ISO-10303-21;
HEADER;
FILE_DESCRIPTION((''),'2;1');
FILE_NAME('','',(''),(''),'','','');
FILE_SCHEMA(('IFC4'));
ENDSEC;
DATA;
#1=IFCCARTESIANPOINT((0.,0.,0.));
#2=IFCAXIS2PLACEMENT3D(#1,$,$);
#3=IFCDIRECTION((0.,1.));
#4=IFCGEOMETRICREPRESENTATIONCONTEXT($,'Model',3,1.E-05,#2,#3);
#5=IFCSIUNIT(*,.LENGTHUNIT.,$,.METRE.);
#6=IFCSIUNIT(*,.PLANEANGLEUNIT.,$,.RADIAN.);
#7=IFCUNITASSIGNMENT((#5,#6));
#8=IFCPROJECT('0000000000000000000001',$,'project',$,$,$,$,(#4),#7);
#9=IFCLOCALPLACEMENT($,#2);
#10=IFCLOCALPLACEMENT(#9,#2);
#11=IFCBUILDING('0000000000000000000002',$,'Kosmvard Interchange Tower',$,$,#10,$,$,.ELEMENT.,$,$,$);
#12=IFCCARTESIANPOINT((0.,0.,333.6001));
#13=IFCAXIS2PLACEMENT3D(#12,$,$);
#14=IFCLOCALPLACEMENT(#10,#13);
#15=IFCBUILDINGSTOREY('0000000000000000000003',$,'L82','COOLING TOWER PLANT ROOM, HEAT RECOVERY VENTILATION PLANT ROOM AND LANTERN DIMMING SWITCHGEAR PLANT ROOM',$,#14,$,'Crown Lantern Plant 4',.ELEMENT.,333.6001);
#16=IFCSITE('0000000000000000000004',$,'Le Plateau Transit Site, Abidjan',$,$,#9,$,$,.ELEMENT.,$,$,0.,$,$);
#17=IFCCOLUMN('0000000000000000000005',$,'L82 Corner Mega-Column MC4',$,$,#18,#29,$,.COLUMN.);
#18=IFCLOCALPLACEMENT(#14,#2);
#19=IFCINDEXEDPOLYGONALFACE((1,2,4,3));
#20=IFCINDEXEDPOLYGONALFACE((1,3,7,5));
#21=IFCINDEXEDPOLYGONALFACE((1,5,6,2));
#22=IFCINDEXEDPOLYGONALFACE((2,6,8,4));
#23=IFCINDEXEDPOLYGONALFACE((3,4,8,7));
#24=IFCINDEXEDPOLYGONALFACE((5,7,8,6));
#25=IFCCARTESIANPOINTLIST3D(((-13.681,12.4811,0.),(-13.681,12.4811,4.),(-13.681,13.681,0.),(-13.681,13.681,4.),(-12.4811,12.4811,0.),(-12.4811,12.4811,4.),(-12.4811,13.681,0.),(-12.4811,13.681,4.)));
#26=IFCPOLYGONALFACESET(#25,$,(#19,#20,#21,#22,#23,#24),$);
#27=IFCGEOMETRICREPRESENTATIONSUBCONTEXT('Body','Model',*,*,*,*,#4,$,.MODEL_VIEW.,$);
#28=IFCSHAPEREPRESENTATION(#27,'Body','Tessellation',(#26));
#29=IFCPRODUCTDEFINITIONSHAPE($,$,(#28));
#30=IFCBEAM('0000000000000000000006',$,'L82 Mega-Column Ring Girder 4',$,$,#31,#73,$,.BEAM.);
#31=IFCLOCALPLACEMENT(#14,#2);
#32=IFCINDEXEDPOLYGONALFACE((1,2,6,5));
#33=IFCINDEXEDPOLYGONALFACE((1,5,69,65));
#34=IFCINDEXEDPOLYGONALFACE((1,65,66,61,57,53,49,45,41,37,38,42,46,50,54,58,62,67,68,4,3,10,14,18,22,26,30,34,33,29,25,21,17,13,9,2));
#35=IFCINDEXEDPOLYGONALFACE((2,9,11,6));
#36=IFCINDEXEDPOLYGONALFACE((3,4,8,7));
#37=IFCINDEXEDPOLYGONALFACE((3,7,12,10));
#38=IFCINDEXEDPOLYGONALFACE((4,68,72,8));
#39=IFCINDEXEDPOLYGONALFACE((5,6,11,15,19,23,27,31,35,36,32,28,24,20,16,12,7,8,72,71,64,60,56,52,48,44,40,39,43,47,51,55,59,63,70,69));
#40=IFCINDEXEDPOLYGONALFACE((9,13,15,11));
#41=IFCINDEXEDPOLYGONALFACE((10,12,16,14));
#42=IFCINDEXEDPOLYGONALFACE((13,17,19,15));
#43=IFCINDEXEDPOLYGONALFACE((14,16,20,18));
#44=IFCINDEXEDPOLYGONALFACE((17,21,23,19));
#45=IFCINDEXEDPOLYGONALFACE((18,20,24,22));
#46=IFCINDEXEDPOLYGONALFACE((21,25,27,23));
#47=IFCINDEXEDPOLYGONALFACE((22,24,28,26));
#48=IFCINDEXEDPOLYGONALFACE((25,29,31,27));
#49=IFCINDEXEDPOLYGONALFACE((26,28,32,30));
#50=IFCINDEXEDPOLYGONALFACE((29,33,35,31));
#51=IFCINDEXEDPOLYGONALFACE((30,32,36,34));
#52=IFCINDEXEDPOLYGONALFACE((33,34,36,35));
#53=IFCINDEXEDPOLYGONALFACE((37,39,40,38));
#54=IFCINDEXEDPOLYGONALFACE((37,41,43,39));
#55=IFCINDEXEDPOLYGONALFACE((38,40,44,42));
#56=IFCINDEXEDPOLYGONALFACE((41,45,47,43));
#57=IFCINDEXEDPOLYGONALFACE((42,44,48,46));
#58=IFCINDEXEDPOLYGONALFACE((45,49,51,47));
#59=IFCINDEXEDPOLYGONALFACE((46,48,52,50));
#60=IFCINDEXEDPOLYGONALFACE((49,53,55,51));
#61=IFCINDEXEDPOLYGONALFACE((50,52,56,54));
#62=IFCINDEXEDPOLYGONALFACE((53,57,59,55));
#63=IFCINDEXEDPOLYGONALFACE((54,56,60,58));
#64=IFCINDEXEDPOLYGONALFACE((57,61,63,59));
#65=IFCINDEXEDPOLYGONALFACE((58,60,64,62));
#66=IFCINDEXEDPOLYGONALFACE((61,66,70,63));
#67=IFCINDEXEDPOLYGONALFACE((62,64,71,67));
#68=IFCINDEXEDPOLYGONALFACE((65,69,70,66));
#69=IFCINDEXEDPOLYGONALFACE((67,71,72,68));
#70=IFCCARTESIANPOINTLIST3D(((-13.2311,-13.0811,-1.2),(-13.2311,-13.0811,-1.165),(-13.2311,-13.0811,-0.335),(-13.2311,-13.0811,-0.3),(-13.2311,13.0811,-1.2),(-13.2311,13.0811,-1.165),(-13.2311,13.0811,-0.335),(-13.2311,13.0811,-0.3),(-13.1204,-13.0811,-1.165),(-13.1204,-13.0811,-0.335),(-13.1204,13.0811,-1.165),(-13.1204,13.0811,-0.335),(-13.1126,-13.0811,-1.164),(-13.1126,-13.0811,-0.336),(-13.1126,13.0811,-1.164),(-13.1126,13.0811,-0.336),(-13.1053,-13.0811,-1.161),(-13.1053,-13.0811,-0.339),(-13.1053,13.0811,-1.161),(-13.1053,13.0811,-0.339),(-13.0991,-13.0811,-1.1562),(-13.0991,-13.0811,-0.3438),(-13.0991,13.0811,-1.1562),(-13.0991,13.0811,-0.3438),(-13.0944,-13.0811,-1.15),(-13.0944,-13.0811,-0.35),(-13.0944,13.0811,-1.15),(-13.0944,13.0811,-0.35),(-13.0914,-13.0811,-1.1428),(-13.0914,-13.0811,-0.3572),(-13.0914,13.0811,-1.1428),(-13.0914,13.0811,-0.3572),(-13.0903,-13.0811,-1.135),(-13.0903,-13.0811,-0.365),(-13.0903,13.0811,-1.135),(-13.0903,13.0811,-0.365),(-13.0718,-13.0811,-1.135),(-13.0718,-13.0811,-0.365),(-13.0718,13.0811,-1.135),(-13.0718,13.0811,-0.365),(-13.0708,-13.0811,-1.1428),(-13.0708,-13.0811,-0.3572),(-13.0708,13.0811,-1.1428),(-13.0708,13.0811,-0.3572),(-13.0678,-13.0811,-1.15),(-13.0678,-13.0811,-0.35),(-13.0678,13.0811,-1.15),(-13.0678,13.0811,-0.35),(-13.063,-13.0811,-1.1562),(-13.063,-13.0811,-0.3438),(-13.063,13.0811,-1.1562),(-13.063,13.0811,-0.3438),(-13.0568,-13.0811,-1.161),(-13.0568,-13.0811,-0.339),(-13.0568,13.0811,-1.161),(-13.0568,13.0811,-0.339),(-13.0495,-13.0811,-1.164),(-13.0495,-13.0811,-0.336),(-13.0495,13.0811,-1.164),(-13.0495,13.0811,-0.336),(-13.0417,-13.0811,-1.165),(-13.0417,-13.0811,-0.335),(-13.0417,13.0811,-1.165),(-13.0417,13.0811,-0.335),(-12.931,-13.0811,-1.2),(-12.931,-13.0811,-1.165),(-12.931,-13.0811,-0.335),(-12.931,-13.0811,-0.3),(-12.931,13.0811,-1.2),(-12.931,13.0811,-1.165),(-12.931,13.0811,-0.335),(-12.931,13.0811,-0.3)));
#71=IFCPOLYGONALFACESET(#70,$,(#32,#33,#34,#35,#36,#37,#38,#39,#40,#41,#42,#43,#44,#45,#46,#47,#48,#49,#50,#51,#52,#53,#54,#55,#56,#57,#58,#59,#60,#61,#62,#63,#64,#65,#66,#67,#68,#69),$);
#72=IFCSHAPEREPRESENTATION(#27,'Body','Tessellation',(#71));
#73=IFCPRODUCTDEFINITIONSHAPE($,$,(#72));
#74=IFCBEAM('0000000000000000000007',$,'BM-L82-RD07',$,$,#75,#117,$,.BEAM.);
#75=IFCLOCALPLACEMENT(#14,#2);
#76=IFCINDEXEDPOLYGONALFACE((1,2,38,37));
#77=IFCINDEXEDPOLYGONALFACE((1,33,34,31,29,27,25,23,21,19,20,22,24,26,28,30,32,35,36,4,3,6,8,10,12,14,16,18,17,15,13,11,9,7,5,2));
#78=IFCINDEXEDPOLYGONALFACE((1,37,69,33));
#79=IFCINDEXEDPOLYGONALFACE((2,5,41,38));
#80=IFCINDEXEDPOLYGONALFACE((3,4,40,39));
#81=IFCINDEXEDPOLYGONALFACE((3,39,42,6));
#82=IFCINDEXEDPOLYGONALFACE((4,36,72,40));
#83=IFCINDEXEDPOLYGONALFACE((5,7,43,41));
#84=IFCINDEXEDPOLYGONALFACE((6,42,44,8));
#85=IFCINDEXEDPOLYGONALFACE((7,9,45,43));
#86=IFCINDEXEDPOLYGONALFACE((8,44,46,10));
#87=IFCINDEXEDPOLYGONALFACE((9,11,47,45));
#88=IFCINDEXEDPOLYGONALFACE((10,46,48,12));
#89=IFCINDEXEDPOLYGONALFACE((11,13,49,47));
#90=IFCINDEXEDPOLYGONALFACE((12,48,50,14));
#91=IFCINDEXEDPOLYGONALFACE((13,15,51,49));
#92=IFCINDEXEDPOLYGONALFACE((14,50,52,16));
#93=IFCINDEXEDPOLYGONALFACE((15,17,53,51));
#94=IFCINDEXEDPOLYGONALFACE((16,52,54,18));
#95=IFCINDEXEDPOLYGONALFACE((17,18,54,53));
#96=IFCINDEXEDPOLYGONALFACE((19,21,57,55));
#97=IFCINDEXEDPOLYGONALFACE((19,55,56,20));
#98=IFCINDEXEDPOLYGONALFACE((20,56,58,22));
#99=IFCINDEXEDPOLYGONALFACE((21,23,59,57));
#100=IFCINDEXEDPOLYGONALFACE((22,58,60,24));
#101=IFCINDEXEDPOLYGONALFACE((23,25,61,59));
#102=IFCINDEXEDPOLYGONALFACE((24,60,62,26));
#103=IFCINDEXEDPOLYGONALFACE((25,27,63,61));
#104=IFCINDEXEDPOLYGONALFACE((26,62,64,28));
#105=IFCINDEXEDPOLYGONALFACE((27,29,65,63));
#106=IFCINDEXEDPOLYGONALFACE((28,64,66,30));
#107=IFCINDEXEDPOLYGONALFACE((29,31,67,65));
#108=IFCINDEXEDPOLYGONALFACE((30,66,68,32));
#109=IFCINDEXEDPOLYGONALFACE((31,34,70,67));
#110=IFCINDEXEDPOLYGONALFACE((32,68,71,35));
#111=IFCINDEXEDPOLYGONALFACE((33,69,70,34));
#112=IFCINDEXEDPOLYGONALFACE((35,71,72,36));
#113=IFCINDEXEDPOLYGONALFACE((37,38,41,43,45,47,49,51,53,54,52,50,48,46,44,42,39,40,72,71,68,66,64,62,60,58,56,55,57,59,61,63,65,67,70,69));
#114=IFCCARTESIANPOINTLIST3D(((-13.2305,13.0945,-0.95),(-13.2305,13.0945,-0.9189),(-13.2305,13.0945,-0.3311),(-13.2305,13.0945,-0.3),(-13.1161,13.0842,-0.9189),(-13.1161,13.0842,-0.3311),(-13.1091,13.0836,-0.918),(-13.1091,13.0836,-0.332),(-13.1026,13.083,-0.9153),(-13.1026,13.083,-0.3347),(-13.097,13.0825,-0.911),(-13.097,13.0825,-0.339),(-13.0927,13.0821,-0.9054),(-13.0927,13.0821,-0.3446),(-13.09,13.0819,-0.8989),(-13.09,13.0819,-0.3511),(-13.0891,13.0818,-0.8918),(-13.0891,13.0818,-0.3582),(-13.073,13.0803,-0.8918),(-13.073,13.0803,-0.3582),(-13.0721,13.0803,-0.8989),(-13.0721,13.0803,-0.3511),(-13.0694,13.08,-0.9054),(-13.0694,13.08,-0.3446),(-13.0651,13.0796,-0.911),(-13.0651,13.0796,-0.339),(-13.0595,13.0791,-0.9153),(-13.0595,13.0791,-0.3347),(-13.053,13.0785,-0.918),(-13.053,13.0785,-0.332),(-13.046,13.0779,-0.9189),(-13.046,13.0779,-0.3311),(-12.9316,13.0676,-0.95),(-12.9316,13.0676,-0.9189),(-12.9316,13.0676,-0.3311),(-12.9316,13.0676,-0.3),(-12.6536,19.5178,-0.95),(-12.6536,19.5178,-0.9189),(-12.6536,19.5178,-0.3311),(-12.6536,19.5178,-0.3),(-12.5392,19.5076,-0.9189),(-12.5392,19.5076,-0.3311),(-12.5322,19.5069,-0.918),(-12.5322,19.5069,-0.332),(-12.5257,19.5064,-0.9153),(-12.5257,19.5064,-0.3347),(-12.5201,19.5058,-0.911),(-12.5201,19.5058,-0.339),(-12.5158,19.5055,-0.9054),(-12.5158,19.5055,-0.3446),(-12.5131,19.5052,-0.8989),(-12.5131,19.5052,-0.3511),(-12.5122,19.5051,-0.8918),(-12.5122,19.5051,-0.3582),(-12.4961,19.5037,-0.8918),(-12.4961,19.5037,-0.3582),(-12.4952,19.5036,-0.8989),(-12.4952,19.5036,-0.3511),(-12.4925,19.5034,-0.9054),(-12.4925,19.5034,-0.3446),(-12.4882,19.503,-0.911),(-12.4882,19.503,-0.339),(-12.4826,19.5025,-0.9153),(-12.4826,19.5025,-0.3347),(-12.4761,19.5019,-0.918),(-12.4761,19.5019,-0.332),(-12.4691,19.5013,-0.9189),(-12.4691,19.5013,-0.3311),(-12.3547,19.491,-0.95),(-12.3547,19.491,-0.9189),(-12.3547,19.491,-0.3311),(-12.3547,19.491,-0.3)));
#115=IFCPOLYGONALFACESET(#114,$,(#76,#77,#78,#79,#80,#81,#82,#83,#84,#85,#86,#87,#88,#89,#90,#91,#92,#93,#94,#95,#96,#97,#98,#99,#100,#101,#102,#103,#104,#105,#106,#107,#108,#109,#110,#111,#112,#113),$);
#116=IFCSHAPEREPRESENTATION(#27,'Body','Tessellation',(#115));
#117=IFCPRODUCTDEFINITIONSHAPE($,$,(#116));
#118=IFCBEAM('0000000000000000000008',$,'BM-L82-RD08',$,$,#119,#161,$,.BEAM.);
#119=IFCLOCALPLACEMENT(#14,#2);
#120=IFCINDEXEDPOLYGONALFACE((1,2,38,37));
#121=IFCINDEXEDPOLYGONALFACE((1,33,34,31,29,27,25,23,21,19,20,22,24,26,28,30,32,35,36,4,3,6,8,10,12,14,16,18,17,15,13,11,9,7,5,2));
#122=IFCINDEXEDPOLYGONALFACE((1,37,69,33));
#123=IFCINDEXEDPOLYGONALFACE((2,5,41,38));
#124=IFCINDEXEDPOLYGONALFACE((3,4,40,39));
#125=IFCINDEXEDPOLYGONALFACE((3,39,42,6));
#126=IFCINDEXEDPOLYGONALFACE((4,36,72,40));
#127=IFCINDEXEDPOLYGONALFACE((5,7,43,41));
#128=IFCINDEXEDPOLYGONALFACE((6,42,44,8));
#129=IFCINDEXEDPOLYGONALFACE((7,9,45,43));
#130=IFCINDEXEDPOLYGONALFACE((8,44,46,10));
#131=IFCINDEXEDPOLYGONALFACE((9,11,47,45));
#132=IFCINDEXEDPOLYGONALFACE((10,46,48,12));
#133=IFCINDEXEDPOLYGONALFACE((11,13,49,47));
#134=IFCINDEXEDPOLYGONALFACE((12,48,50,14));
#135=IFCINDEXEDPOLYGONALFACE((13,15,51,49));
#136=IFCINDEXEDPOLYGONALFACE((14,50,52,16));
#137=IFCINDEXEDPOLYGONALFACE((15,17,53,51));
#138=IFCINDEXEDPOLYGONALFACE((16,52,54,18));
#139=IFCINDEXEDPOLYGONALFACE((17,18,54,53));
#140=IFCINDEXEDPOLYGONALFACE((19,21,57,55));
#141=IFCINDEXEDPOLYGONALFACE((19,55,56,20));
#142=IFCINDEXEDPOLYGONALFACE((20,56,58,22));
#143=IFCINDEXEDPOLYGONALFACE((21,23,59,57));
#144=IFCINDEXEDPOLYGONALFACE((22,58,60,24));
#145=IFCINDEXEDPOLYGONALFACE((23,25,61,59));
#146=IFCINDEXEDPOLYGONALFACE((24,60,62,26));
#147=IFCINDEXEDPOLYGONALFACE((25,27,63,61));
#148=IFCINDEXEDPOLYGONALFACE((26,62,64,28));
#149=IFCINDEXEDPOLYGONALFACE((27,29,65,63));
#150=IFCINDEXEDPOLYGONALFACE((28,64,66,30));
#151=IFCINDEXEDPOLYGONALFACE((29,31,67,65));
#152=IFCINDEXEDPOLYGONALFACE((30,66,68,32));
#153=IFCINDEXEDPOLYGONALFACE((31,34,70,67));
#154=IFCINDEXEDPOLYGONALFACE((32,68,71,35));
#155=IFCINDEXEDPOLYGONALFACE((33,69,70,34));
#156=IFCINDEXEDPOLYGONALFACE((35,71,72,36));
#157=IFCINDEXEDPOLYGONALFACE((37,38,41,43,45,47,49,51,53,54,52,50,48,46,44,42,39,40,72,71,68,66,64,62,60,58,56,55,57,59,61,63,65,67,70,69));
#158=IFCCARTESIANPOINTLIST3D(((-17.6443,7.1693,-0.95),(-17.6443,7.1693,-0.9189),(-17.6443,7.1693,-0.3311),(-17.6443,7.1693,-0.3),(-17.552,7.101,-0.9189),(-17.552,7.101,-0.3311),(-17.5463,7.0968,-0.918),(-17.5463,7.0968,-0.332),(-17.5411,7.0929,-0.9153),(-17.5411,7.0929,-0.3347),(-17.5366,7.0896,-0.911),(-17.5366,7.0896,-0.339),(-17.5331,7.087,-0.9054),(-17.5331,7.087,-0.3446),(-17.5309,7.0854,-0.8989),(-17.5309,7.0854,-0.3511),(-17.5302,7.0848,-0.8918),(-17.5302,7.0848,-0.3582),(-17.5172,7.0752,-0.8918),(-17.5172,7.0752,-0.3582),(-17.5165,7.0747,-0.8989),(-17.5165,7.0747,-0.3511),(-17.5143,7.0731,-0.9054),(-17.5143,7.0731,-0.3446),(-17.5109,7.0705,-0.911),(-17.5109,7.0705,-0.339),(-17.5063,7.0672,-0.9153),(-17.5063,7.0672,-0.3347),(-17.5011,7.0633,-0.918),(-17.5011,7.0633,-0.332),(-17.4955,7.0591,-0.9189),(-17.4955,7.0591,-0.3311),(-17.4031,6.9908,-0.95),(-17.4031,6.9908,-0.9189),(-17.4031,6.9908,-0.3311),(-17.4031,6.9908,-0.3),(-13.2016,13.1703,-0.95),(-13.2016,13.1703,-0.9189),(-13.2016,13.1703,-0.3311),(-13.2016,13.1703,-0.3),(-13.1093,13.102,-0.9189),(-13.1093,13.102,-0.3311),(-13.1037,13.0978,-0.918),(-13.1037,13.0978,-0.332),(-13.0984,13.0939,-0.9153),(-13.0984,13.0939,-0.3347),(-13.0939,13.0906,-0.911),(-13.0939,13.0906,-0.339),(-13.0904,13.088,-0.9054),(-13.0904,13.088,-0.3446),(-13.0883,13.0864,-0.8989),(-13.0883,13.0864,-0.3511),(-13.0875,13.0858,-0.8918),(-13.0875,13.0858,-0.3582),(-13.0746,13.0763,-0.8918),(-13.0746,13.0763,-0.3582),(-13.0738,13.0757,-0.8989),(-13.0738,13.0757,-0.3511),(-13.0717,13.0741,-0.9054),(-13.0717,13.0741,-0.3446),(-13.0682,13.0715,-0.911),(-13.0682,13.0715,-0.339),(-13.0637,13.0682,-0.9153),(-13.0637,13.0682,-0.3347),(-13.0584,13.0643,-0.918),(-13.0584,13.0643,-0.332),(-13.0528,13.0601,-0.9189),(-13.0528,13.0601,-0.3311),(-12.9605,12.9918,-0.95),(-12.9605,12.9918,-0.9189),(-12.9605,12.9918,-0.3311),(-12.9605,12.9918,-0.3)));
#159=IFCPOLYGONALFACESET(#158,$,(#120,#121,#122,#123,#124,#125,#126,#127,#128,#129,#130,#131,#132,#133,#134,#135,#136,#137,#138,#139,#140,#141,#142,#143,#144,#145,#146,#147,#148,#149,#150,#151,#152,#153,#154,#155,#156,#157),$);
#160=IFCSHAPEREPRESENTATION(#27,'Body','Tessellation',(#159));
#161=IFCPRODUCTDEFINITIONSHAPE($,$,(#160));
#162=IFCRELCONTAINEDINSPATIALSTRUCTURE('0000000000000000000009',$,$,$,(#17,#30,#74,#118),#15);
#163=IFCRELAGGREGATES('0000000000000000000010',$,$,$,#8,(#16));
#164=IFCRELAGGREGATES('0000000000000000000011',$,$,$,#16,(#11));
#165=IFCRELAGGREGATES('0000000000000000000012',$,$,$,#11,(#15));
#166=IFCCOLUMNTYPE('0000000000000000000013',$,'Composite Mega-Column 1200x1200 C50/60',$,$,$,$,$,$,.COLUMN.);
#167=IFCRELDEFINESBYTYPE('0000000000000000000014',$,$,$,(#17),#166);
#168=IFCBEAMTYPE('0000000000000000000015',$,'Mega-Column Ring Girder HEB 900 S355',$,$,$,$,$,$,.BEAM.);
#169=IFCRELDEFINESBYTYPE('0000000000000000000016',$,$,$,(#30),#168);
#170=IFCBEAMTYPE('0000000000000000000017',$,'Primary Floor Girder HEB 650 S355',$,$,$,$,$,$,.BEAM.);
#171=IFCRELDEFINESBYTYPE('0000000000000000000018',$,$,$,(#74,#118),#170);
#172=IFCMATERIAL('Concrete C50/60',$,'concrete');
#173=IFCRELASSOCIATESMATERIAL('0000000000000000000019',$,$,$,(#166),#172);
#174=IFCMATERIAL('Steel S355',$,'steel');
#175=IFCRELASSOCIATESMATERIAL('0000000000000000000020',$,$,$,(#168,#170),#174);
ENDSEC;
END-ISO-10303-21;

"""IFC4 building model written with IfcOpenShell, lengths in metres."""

from ifc_helpers import new_model, si_unit, direction, frame, origin, origin_2d, place, context, subcontext, project, spatial, rectangle, i_section, extrude, source, transform, mapped, material, material_profile, profile_set, type_object, element, save


model = new_model("IFC4")

# Units and contexts
model_context = context("Model", 3, precision=1e-05, world=origin(), true_north=direction((0.0, 1.0)))
body_context = subcontext(model_context, "Body", "Model", "MODEL_VIEW")
ifc_project = project(units=[si_unit("LENGTHUNIT", "METRE"), si_unit("PLANEANGLEUNIT", "RADIAN")], contexts=[model_context])

# Site, building, storey
site_placement = place(None, origin())
site = spatial("IfcSite", under=ifc_project, at=site_placement, Name="Le Plateau Transit Site, Abidjan", CompositionType="ELEMENT", RefElevation=0.0)
building_placement = place(site_placement, origin())
building = spatial("IfcBuilding", under=site, at=building_placement, Name="Kosmvard Interchange Tower", CompositionType="ELEMENT")
storey_placement = place(building_placement, frame((0.0, 0.0, 333.6001)))
storey = spatial("IfcBuildingStorey", under=building, at=storey_placement, Name="L82", Description="COOLING TOWER PLANT ROOM, HEAT RECOVERY VENTILATION PLANT ROOM AND LANTERN DIMMING SWITCHGEAR PLANT ROOM", LongName="Crown Lantern Plant 4", CompositionType="ELEMENT", Elevation=333.6001)

# Column
ifc_material_1 = material(Name="Concrete C50/60", Category="concrete")
ifc_material_profile_1 = material_profile(ifc_material_1, rectangle(XDim=1.2, YDim=1.2, at=origin_2d()), Name="MC 1200x1200")
ifc_profile_set_1 = profile_set([ifc_material_profile_1], Name="Concrete C50/60")
column_type = type_object("IfcColumnType", Name="Composite Mega-Column 1200x1200 C50/60", PredefinedType="COLUMN", material=ifc_profile_set_1)
shared_shape_1 = source(origin(), body_context, "Body", "SweptSolid", [
    extrude(rectangle(XDim=1.2, YDim=1.2, at=origin_2d()), origin(), (0.0, 0.0, 1.0), 4.0),
])
column_placement = place(storey_placement, frame((-13.0811, 13.0811, 0.0), z_axis=(0.0, 0.0, 1.0), x_axis=(1.0, 0.0, 0.0)))
element("IfcColumn", 1, at=column_placement, inside=storey, type_object=column_type, Name="L82 Corner Mega-Column MC4", PredefinedType="COLUMN", context=body_context, shape_type="MappedRepresentation", body=[
    mapped(shared_shape_1, transform((0.0, 0.0, 0.0), scale=1.0)),
])

# Beams
ifc_material_2 = material(Name="Steel S355", Category="steel")
ifc_material_profile_2 = material_profile(ifc_material_2, i_section(OverallWidth=0.3, OverallDepth=0.8999, WebThickness=0.0186, FlangeThickness=0.0349, FilletRadius=0.03, at=origin_2d()), Name="HEB 900")
ifc_profile_set_2 = profile_set([ifc_material_profile_2], Name="Steel S355")
beam_type_1 = type_object("IfcBeamType", Name="Mega-Column Ring Girder HEB 900 S355", PredefinedType="BEAM", material=ifc_profile_set_2)
shared_shape_2 = source(origin(), body_context, "Body", "SweptSolid", [
    extrude(i_section(OverallWidth=0.3, OverallDepth=0.8999, WebThickness=0.0186, FlangeThickness=0.0349, FilletRadius=0.03, at=origin_2d()), origin(), (0.0, 0.0, 1.0), 26.1621),
])
beam_1_placement = place(storey_placement, frame((-13.0811, 13.0811, -0.75), z_axis=(0.0, -1.0, 0.0), x_axis=(1.0, 0.0, 0.0)))
element("IfcBeam", 2, at=beam_1_placement, inside=storey, type_object=beam_type_1, Name="L82 Mega-Column Ring Girder 4", PredefinedType="BEAM", context=body_context, shape_type="MappedRepresentation", body=[
    mapped(shared_shape_2, transform((0.0, 0.0, 0.0), scale=1.0)),
])
ifc_material_profile_3 = material_profile(ifc_material_2, i_section(OverallWidth=0.3, OverallDepth=0.6499, WebThickness=0.0161, FlangeThickness=0.031, FilletRadius=0.0271, at=origin_2d()), Name="HEB 650")
ifc_profile_set_3 = profile_set([ifc_material_profile_3], Name="Steel S355")
beam_type_2 = type_object("IfcBeamType", Name="Primary Floor Girder HEB 650 S355", PredefinedType="BEAM", material=ifc_profile_set_3)
shared_shape_3 = source(origin(), body_context, "Body", "SweptSolid", [
    extrude(i_section(OverallWidth=0.3, OverallDepth=0.6499, WebThickness=0.0161, FlangeThickness=0.031, FilletRadius=0.0271, at=origin_2d()), origin(), (0.0, 0.0, 1.0), 6.4492),
])
beam_2_placement = place(storey_placement, frame((-13.0811, 13.0811, -0.625), z_axis=(0.089454, 0.995991, 0.0), x_axis=(-0.995991, 0.089454, 0.0)))
element("IfcBeam", 3, at=beam_2_placement, inside=storey, type_object=beam_type_2, Name="BM-L82-RD07", PredefinedType="BEAM", context=body_context, shape_type="MappedRepresentation", body=[
    mapped(shared_shape_3, transform((0.0, 0.0, 0.0), scale=1.0)),
])
shared_shape_4 = source(origin(), body_context, "Body", "SweptSolid", [
    extrude(i_section(OverallWidth=0.3, OverallDepth=0.6499, WebThickness=0.0161, FlangeThickness=0.031, FilletRadius=0.0271, at=origin_2d()), origin(), (0.0, 0.0, 1.0), 7.4666),
])
beam_3_placement = place(storey_placement, frame((-13.0811, 13.0811, -0.625), z_axis=(-0.595008, -0.80372, 0.0), x_axis=(0.80372, -0.595008, 0.0)))
element("IfcBeam", 4, at=beam_3_placement, inside=storey, type_object=beam_type_2, Name="BM-L82-RD08", PredefinedType="BEAM", context=body_context, shape_type="MappedRepresentation", body=[
    mapped(shared_shape_4, transform((0.0, 0.0, 0.0), scale=1.0)),
])

save(model, "model.ifc")
